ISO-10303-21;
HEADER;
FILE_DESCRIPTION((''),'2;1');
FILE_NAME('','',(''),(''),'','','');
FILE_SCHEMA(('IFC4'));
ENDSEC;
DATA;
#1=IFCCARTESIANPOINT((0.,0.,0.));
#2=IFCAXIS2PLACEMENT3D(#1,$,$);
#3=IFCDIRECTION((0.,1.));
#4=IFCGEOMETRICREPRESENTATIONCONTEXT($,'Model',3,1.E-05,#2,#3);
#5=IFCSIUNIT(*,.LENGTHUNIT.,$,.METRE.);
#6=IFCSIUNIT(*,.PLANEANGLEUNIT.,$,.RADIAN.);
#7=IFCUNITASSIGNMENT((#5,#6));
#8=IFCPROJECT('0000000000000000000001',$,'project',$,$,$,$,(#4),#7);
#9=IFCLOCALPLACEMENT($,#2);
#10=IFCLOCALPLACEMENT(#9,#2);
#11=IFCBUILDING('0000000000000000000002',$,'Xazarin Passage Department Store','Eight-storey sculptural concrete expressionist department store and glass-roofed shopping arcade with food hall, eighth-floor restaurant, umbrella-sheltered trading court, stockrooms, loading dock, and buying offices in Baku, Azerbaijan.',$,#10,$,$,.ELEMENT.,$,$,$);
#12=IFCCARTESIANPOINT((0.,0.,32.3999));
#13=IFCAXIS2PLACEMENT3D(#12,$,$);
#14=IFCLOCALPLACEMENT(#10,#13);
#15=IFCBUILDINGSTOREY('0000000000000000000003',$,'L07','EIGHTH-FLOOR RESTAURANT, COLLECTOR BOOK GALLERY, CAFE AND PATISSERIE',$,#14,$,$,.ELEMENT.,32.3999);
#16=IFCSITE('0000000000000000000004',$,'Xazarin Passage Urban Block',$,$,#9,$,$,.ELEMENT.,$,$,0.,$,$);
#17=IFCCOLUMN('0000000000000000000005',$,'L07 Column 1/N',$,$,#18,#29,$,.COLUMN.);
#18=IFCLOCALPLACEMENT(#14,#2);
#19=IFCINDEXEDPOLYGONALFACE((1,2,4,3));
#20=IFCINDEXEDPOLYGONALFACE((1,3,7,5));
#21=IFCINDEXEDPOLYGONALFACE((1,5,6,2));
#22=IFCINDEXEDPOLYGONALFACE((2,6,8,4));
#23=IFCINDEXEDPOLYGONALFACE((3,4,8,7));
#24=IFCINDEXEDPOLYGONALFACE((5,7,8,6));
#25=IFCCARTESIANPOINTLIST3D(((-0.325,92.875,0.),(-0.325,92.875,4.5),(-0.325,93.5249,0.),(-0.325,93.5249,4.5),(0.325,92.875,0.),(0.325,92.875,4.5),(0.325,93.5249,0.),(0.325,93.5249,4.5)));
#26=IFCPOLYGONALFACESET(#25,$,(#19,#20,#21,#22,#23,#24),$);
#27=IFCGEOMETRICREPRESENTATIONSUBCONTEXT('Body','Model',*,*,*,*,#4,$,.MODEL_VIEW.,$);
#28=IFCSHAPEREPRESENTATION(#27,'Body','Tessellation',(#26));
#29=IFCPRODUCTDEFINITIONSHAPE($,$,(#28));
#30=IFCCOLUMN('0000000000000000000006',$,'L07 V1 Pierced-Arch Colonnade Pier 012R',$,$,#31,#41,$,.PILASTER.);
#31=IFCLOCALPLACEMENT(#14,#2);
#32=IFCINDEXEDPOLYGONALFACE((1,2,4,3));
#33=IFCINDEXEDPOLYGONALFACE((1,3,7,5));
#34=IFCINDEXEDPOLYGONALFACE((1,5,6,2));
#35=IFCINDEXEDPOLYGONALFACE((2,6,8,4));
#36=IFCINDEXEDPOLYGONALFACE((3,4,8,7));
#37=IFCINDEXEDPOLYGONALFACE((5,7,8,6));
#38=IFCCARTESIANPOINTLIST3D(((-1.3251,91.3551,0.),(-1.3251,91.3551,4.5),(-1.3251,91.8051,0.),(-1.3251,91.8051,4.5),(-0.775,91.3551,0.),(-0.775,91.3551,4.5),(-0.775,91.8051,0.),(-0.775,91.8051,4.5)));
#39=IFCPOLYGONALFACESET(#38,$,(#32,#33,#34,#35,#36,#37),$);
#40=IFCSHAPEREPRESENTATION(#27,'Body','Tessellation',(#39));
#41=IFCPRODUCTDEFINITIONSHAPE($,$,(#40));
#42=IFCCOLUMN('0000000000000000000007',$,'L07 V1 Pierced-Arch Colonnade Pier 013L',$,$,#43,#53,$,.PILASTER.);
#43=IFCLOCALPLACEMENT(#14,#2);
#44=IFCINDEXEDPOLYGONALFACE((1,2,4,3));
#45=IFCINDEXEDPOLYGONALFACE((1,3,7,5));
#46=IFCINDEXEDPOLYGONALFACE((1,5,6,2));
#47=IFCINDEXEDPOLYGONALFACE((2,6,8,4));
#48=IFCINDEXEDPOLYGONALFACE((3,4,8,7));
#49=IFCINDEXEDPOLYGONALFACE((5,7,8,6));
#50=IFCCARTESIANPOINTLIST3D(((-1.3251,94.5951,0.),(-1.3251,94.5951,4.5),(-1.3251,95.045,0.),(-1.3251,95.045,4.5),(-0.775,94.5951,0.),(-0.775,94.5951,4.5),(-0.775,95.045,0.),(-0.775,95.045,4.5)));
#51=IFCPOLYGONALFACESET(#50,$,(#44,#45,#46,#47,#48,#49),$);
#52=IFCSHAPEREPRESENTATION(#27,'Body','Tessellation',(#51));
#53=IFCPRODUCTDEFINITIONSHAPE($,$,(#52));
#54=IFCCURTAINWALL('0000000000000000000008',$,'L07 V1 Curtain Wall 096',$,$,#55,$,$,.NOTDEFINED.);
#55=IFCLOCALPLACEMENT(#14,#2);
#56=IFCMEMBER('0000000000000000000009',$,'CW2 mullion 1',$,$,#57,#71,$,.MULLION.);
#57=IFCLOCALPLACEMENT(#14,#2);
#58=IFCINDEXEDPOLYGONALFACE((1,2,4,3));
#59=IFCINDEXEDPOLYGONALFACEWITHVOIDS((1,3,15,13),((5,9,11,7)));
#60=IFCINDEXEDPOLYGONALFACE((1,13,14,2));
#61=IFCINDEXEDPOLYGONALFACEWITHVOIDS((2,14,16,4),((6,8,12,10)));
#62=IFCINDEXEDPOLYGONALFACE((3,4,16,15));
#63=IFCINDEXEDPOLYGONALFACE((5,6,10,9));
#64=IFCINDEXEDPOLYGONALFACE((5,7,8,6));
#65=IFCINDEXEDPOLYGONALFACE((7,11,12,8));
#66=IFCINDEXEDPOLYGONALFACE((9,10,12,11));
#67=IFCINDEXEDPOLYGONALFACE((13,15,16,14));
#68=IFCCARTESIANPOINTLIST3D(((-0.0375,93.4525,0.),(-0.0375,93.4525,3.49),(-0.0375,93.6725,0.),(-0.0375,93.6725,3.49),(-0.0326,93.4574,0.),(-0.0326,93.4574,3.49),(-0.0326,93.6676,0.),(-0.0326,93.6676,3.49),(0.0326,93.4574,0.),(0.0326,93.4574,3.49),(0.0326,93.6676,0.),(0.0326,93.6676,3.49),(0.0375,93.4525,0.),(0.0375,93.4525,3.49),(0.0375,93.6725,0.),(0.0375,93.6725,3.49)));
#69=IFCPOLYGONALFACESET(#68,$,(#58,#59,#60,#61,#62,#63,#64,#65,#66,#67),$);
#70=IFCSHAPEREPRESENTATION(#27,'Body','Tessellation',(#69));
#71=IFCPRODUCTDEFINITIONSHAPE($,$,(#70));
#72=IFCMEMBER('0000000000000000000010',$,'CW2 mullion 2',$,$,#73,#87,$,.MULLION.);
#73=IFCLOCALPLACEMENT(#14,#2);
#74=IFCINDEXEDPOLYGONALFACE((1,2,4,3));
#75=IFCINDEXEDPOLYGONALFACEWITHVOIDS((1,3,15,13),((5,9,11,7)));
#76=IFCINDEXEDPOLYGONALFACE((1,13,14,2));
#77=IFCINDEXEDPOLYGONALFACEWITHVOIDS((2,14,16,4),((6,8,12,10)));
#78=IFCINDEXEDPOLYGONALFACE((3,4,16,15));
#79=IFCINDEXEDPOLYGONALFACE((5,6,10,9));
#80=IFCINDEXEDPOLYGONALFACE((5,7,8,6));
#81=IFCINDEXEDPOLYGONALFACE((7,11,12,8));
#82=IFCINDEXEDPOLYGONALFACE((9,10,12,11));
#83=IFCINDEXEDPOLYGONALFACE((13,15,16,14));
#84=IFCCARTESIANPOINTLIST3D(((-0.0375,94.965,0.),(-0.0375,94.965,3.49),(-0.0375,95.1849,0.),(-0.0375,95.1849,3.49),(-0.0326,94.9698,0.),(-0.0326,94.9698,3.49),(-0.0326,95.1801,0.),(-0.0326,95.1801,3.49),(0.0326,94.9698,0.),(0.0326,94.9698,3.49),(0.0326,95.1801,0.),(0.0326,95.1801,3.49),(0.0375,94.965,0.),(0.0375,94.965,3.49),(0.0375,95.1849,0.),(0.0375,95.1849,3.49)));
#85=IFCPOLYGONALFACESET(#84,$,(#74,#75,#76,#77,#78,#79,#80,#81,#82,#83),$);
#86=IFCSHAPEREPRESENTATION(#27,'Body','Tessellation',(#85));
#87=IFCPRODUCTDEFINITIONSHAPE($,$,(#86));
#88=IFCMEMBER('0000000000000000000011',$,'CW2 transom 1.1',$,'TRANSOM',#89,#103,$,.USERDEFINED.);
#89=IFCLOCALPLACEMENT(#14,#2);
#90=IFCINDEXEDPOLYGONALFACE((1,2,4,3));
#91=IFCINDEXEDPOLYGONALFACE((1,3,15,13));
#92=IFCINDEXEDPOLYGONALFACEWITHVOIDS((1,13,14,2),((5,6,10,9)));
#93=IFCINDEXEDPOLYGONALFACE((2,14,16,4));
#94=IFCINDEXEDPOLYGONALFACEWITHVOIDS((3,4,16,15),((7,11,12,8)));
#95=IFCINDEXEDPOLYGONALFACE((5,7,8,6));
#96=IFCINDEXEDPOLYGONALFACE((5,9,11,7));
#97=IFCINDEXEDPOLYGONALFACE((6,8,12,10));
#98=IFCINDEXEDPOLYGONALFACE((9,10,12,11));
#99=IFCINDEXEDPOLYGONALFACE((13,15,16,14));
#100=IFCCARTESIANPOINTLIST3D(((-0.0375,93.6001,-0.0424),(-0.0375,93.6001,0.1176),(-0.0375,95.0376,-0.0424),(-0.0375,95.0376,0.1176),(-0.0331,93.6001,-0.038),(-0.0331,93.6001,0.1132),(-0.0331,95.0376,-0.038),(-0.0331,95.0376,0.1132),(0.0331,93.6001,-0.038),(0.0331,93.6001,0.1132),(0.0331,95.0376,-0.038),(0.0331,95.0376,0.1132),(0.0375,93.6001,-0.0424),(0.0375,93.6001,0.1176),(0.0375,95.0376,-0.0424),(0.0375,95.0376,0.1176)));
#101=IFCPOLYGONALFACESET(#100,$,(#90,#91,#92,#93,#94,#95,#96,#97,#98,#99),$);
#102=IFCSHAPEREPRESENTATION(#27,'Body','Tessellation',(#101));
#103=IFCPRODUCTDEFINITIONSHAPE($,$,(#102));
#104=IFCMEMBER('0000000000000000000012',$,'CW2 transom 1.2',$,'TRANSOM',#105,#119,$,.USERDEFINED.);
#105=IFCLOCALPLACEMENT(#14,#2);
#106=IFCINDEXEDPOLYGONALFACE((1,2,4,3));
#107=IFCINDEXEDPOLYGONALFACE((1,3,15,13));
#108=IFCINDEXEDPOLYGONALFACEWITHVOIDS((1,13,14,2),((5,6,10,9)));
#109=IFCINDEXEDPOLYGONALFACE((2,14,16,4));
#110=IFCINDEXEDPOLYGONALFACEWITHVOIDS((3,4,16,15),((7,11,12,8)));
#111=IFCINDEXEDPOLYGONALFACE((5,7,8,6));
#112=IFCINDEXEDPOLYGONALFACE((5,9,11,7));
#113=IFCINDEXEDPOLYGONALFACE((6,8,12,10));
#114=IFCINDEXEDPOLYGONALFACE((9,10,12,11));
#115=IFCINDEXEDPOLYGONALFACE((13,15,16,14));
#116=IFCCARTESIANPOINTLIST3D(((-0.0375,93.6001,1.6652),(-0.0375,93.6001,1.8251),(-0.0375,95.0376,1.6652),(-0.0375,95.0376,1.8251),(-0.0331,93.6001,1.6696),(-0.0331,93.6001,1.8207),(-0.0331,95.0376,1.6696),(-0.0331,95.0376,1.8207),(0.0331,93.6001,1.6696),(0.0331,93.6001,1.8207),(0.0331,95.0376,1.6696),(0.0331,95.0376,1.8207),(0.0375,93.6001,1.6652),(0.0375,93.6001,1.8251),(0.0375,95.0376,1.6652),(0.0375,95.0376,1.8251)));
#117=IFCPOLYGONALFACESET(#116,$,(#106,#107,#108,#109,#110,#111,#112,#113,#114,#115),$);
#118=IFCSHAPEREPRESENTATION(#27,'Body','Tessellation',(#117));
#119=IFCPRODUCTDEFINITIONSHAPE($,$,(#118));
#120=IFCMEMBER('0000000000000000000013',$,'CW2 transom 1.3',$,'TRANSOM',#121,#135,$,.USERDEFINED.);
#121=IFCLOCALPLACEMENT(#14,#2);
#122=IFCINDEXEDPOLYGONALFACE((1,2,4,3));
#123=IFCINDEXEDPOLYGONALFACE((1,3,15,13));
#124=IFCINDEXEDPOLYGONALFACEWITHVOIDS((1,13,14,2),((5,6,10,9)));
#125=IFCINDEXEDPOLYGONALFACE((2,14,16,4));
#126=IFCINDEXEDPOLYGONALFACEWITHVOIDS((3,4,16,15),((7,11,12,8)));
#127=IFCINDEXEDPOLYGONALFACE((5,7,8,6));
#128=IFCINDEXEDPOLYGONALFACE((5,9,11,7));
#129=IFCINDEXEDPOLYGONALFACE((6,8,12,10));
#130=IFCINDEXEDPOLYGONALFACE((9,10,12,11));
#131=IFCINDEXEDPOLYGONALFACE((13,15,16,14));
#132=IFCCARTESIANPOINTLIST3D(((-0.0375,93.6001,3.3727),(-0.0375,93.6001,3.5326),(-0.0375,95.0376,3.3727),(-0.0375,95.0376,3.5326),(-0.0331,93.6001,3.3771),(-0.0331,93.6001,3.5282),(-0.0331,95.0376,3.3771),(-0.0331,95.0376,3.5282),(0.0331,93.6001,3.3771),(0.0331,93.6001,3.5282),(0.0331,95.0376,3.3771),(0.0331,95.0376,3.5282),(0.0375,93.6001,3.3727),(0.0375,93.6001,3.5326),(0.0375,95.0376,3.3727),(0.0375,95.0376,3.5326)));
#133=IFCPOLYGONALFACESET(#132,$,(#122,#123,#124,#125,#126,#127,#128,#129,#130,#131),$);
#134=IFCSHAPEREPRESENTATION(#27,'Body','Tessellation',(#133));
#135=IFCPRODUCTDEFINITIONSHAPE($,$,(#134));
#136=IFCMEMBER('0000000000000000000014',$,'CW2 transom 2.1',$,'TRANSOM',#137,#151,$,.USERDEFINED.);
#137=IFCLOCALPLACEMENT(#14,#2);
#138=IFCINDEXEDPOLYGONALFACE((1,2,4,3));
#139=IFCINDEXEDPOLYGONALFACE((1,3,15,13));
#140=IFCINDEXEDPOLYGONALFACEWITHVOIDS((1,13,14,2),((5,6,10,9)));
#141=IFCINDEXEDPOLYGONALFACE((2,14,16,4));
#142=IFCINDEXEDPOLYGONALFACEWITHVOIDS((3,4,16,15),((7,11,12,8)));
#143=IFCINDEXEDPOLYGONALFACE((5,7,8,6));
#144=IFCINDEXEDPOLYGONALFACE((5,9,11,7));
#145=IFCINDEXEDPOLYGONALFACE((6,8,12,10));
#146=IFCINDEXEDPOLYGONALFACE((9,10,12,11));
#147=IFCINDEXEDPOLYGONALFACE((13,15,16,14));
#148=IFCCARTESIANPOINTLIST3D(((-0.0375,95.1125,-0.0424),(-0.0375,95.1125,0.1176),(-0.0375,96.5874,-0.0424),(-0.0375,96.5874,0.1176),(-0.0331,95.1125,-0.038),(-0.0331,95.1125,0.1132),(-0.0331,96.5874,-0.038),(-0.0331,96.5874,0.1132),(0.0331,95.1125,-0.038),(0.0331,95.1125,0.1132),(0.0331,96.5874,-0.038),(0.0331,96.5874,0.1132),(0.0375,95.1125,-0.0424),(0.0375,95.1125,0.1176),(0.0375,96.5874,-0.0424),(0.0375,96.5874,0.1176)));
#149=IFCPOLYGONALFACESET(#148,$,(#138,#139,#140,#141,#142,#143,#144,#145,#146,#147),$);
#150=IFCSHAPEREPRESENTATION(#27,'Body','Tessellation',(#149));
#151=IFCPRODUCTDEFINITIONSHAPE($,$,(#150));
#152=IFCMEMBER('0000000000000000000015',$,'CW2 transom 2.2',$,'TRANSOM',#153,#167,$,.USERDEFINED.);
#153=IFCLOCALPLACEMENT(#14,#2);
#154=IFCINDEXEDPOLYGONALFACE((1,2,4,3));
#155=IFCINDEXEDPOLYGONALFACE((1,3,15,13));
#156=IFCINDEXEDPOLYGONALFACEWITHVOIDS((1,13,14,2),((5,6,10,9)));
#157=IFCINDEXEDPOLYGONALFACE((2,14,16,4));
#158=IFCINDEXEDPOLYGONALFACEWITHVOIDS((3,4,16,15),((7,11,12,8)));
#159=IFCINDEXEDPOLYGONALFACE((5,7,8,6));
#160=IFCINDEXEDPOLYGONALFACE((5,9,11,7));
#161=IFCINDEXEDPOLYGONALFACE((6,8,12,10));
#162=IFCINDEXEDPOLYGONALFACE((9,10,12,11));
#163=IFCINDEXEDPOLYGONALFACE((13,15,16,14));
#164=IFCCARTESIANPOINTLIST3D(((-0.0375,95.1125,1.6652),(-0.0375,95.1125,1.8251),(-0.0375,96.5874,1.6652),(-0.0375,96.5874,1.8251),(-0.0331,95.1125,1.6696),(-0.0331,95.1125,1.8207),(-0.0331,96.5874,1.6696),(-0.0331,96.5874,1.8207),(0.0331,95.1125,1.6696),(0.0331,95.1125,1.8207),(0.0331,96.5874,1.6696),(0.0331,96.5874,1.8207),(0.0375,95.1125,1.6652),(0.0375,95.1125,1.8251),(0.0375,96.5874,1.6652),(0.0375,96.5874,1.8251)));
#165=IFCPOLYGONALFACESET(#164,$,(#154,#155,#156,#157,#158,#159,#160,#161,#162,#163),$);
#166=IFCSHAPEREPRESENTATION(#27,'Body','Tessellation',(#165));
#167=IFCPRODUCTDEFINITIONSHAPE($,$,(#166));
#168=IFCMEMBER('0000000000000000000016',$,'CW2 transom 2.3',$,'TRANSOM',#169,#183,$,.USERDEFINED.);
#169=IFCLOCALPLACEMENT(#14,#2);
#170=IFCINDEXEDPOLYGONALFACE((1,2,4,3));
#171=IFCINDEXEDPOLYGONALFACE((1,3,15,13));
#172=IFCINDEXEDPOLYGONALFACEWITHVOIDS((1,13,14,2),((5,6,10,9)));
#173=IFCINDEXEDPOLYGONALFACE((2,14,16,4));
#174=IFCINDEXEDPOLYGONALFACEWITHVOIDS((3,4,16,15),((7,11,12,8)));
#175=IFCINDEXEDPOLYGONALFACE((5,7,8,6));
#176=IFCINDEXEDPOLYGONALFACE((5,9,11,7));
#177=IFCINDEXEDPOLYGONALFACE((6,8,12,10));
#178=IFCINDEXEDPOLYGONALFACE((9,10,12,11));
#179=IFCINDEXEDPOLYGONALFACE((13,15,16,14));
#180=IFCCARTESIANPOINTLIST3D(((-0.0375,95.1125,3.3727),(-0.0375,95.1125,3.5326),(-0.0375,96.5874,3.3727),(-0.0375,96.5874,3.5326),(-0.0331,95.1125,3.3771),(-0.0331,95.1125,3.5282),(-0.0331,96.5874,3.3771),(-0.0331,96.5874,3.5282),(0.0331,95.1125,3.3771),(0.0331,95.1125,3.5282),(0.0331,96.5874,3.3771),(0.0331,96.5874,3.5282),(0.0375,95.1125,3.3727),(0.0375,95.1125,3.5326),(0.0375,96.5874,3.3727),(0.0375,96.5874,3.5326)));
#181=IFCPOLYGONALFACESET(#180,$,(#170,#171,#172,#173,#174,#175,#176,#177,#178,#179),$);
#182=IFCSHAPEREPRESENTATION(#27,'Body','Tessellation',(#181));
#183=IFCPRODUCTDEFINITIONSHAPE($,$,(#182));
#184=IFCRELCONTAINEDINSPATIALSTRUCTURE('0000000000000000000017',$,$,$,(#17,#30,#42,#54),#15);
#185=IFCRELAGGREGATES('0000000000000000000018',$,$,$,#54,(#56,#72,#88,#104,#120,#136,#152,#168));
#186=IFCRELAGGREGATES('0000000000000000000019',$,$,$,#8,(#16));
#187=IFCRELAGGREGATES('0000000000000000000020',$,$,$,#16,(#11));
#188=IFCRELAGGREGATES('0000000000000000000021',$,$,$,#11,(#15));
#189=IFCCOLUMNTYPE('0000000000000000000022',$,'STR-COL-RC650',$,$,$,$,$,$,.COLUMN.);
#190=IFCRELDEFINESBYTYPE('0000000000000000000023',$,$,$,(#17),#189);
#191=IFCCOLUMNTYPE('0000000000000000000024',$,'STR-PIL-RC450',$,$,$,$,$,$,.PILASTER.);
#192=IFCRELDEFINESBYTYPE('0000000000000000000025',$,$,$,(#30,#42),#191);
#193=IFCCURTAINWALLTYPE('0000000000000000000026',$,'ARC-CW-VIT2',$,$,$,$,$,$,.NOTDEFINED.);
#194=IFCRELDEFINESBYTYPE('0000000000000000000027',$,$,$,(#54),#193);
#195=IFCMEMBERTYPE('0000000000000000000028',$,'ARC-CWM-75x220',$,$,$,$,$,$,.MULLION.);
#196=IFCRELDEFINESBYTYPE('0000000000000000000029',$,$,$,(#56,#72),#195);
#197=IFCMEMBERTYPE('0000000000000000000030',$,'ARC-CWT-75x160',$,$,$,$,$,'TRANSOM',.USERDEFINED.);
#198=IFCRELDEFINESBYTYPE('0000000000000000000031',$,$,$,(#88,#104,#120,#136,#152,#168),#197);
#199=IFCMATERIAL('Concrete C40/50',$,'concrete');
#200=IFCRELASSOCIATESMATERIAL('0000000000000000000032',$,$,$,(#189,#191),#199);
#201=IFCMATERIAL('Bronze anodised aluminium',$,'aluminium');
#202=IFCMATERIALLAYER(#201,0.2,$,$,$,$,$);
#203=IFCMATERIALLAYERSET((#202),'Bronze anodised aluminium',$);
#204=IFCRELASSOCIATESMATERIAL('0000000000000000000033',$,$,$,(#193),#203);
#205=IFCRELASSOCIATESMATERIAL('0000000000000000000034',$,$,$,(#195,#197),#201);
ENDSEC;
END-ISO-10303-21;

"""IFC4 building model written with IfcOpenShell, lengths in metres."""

from ifc_helpers import new_model, si_unit, direction, frame, origin, origin_2d, place, context, subcontext, project, spatial, rectangle, hollow_rectangle, extrude, material, layer, layer_set, material_profile, profile_set, type_object, element, aggregate, save


model = new_model("IFC4")

# Units and contexts
model_context = context("Model", 3, precision=1e-05, world=origin(), true_north=direction((0.0, 1.0)))
body_context = subcontext(model_context, "Body", "Model", "MODEL_VIEW")
ifc_project = project(units=[si_unit("LENGTHUNIT", "METRE"), si_unit("PLANEANGLEUNIT", "RADIAN")], contexts=[model_context])

# Site, building, storey
site_placement = place(None, origin())
site = spatial("IfcSite", under=ifc_project, at=site_placement, Name="Xazarin Passage Urban Block", CompositionType="ELEMENT", RefElevation=0.0)
building_placement = place(site_placement, origin())
building = spatial("IfcBuilding", under=site, at=building_placement, Name="Xazarin Passage Department Store", Description="Eight-storey sculptural concrete expressionist department store and glass-roofed shopping arcade with food hall, eighth-floor restaurant, umbrella-sheltered trading court, stockrooms, loading dock, and buying offices in Baku, Azerbaijan.", CompositionType="ELEMENT")
storey_placement = place(building_placement, frame((0.0, 0.0, 32.3999)))
storey = spatial("IfcBuildingStorey", under=building, at=storey_placement, Name="L07", Description="EIGHTH-FLOOR RESTAURANT, COLLECTOR BOOK GALLERY, CAFE AND PATISSERIE", CompositionType="ELEMENT", Elevation=32.3999)

# Columns
ifc_material_1 = material(Name="Concrete C40/50", Category="concrete")
ifc_material_profile_1 = material_profile(ifc_material_1, rectangle(XDim=0.6499, YDim=0.6499, at=origin_2d()), Name="RC 650x650")
ifc_profile_set_1 = profile_set([ifc_material_profile_1], Name="Concrete C40/50")
column_type_1 = type_object("IfcColumnType", Name="STR-COL-RC650", PredefinedType="COLUMN", material=ifc_profile_set_1)
column_placement = place(storey_placement, frame((0.0, 93.2, 0.0), z_axis=(0.0, 0.0, 1.0), x_axis=(1.0, 0.0, 0.0)))
element("IfcColumn", 1, at=column_placement, inside=storey, type_object=column_type_1, Name="L07 Column 1/N", PredefinedType="COLUMN", context=body_context, shape_type="SweptSolid", body=[
    extrude(rectangle(XDim=0.6499, YDim=0.6499, at=origin_2d()), origin(), (0.0, 0.0, 1.0), 4.5),
])
ifc_material_profile_2 = material_profile(ifc_material_1, rectangle(XDim=0.45, YDim=0.55, at=origin_2d()), Name="RC 450x550")
ifc_profile_set_2 = profile_set([ifc_material_profile_2], Name="Concrete C40/50")
column_type_2 = type_object("IfcColumnType", Name="STR-PIL-RC450", PredefinedType="PILASTER", material=ifc_profile_set_2)
for number, where, z_axis, x_axis, name in (
    (2, (-1.05, 91.5801, 0.0), (0.0, 0.0, 1.0), (0.0, 1.0, 0.0), "L07 V1 Pierced-Arch Colonnade Pier 012R"),
    (3, (-1.05, 94.8201, 0.0), (0.0, 0.0, 1.0), (0.0, 1.0, 0.0), "L07 V1 Pierced-Arch Colonnade Pier 013L"),
):
    element("IfcColumn", number, at=place(storey_placement, frame(where, z_axis=z_axis, x_axis=x_axis)), inside=storey, type_object=column_type_2, Name=name, PredefinedType="PILASTER", context=body_context, shape_type="SweptSolid", body=[
        extrude(rectangle(XDim=0.45, YDim=0.55, at=origin_2d()), origin(), (0.0, 0.0, 1.0), 4.5),
    ])

# Curtain wall, members
ifc_material_2 = material(Name="Bronze anodised aluminium", Category="aluminium")
ifc_layer_1 = layer(ifc_material_2, 0.2)
ifc_layer_set_1 = layer_set([ifc_layer_1], Name="Bronze anodised aluminium")
curtain_wall_type = type_object("IfcCurtainWallType", Name="ARC-CW-VIT2", PredefinedType="NOTDEFINED", material=ifc_layer_set_1)
curtain_wall_placement = place(storey_placement, origin())
curtain_wall = element("IfcCurtainWall", 4, at=curtain_wall_placement, inside=storey, type_object=curtain_wall_type, Name="L07 V1 Curtain Wall 096", PredefinedType="NOTDEFINED")
ifc_material_profile_3 = material_profile(ifc_material_2, hollow_rectangle(XDim=0.075, YDim=0.22, WallThickness=0.0049, at=origin_2d()), Name="ALU 75x220")
ifc_profile_set_3 = profile_set([ifc_material_profile_3], Name="Bronze anodised aluminium")
member_type_1 = type_object("IfcMemberType", Name="ARC-CWM-75x220", PredefinedType="MULLION", material=ifc_profile_set_3)
member_1_placement = place(storey_placement, frame((0.0, 93.5625, 0.0), z_axis=(0.0, 0.0, 1.0), x_axis=(-1.0, 0.0, 0.0)))
member_1 = element("IfcMember", 5, at=member_1_placement, type_object=member_type_1, Name="CW2 mullion 1", PredefinedType="MULLION", context=body_context, shape_type="SweptSolid", body=[
    extrude(hollow_rectangle(XDim=0.075, YDim=0.22, WallThickness=0.0049, at=origin_2d()), origin(), (0.0, 0.0, 1.0), 3.49),
])
member_2_placement = place(storey_placement, frame((0.0, 95.075, 0.0), z_axis=(0.0, 0.0, 1.0), x_axis=(-1.0, 0.0, 0.0)))
member_2 = element("IfcMember", 6, at=member_2_placement, type_object=member_type_1, Name="CW2 mullion 2", PredefinedType="MULLION", context=body_context, shape_type="SweptSolid", body=[
    extrude(hollow_rectangle(XDim=0.075, YDim=0.22, WallThickness=0.0049, at=origin_2d()), origin(), (0.0, 0.0, 1.0), 3.49),
])
ifc_material_profile_4 = material_profile(ifc_material_2, hollow_rectangle(XDim=0.075, YDim=0.1599, WallThickness=0.0044, at=origin_2d()), Name="ALU 75x160")
ifc_profile_set_4 = profile_set([ifc_material_profile_4], Name="Bronze anodised aluminium")
member_type_2 = type_object("IfcMemberType", Name="ARC-CWT-75x160", ElementType="TRANSOM", PredefinedType="USERDEFINED", material=ifc_profile_set_4)
member_3_placement = place(storey_placement, frame((0.0, 93.6001, 0.0376), z_axis=(0.0, 1.0, 0.0), x_axis=(-1.0, 0.0, 0.0)))
member_3 = element("IfcMember", 7, at=member_3_placement, type_object=member_type_2, Name="CW2 transom 1.1", ObjectType="TRANSOM", PredefinedType="USERDEFINED", context=body_context, shape_type="SweptSolid", body=[
    extrude(hollow_rectangle(XDim=0.075, YDim=0.1599, WallThickness=0.0044, at=origin_2d()), origin(), (0.0, 0.0, 1.0), 1.4375),
])
member_4_placement = place(storey_placement, frame((0.0, 93.6001, 1.7451), z_axis=(0.0, 1.0, 0.0), x_axis=(-1.0, 0.0, 0.0)))
member_4 = element("IfcMember", 8, at=member_4_placement, type_object=member_type_2, Name="CW2 transom 1.2", ObjectType="TRANSOM", PredefinedType="USERDEFINED", context=body_context, shape_type="SweptSolid", body=[
    extrude(hollow_rectangle(XDim=0.075, YDim=0.1599, WallThickness=0.0044, at=origin_2d()), origin(), (0.0, 0.0, 1.0), 1.4375),
])
member_5_placement = place(storey_placement, frame((0.0, 93.6001, 3.4526), z_axis=(0.0, 1.0, 0.0), x_axis=(-1.0, 0.0, 0.0)))
member_5 = element("IfcMember", 9, at=member_5_placement, type_object=member_type_2, Name="CW2 transom 1.3", ObjectType="TRANSOM", PredefinedType="USERDEFINED", context=body_context, shape_type="SweptSolid", body=[
    extrude(hollow_rectangle(XDim=0.075, YDim=0.1599, WallThickness=0.0044, at=origin_2d()), origin(), (0.0, 0.0, 1.0), 1.4375),
])
member_6_placement = place(storey_placement, frame((0.0, 95.1125, 0.0376), z_axis=(0.0, 1.0, 0.0), x_axis=(-1.0, 0.0, 0.0)))
member_6 = element("IfcMember", 10, at=member_6_placement, type_object=member_type_2, Name="CW2 transom 2.1", ObjectType="TRANSOM", PredefinedType="USERDEFINED", context=body_context, shape_type="SweptSolid", body=[
    extrude(hollow_rectangle(XDim=0.075, YDim=0.1599, WallThickness=0.0044, at=origin_2d()), origin(), (0.0, 0.0, 1.0), 1.4749),
])
member_7_placement = place(storey_placement, frame((0.0, 95.1125, 1.7451), z_axis=(0.0, 1.0, 0.0), x_axis=(-1.0, 0.0, 0.0)))
member_7 = element("IfcMember", 11, at=member_7_placement, type_object=member_type_2, Name="CW2 transom 2.2", ObjectType="TRANSOM", PredefinedType="USERDEFINED", context=body_context, shape_type="SweptSolid", body=[
    extrude(hollow_rectangle(XDim=0.075, YDim=0.1599, WallThickness=0.0044, at=origin_2d()), origin(), (0.0, 0.0, 1.0), 1.4749),
])
member_8_placement = place(storey_placement, frame((0.0, 95.1125, 3.4526), z_axis=(0.0, 1.0, 0.0), x_axis=(-1.0, 0.0, 0.0)))
member_8 = element("IfcMember", 12, at=member_8_placement, type_object=member_type_2, Name="CW2 transom 2.3", ObjectType="TRANSOM", PredefinedType="USERDEFINED", context=body_context, shape_type="SweptSolid", body=[
    extrude(hollow_rectangle(XDim=0.075, YDim=0.1599, WallThickness=0.0044, at=origin_2d()), origin(), (0.0, 0.0, 1.0), 1.4749),
])

aggregate(curtain_wall, [member_1, member_2, member_3, member_4, member_5, member_6, member_7, member_8])

save(model, "model.ifc")
